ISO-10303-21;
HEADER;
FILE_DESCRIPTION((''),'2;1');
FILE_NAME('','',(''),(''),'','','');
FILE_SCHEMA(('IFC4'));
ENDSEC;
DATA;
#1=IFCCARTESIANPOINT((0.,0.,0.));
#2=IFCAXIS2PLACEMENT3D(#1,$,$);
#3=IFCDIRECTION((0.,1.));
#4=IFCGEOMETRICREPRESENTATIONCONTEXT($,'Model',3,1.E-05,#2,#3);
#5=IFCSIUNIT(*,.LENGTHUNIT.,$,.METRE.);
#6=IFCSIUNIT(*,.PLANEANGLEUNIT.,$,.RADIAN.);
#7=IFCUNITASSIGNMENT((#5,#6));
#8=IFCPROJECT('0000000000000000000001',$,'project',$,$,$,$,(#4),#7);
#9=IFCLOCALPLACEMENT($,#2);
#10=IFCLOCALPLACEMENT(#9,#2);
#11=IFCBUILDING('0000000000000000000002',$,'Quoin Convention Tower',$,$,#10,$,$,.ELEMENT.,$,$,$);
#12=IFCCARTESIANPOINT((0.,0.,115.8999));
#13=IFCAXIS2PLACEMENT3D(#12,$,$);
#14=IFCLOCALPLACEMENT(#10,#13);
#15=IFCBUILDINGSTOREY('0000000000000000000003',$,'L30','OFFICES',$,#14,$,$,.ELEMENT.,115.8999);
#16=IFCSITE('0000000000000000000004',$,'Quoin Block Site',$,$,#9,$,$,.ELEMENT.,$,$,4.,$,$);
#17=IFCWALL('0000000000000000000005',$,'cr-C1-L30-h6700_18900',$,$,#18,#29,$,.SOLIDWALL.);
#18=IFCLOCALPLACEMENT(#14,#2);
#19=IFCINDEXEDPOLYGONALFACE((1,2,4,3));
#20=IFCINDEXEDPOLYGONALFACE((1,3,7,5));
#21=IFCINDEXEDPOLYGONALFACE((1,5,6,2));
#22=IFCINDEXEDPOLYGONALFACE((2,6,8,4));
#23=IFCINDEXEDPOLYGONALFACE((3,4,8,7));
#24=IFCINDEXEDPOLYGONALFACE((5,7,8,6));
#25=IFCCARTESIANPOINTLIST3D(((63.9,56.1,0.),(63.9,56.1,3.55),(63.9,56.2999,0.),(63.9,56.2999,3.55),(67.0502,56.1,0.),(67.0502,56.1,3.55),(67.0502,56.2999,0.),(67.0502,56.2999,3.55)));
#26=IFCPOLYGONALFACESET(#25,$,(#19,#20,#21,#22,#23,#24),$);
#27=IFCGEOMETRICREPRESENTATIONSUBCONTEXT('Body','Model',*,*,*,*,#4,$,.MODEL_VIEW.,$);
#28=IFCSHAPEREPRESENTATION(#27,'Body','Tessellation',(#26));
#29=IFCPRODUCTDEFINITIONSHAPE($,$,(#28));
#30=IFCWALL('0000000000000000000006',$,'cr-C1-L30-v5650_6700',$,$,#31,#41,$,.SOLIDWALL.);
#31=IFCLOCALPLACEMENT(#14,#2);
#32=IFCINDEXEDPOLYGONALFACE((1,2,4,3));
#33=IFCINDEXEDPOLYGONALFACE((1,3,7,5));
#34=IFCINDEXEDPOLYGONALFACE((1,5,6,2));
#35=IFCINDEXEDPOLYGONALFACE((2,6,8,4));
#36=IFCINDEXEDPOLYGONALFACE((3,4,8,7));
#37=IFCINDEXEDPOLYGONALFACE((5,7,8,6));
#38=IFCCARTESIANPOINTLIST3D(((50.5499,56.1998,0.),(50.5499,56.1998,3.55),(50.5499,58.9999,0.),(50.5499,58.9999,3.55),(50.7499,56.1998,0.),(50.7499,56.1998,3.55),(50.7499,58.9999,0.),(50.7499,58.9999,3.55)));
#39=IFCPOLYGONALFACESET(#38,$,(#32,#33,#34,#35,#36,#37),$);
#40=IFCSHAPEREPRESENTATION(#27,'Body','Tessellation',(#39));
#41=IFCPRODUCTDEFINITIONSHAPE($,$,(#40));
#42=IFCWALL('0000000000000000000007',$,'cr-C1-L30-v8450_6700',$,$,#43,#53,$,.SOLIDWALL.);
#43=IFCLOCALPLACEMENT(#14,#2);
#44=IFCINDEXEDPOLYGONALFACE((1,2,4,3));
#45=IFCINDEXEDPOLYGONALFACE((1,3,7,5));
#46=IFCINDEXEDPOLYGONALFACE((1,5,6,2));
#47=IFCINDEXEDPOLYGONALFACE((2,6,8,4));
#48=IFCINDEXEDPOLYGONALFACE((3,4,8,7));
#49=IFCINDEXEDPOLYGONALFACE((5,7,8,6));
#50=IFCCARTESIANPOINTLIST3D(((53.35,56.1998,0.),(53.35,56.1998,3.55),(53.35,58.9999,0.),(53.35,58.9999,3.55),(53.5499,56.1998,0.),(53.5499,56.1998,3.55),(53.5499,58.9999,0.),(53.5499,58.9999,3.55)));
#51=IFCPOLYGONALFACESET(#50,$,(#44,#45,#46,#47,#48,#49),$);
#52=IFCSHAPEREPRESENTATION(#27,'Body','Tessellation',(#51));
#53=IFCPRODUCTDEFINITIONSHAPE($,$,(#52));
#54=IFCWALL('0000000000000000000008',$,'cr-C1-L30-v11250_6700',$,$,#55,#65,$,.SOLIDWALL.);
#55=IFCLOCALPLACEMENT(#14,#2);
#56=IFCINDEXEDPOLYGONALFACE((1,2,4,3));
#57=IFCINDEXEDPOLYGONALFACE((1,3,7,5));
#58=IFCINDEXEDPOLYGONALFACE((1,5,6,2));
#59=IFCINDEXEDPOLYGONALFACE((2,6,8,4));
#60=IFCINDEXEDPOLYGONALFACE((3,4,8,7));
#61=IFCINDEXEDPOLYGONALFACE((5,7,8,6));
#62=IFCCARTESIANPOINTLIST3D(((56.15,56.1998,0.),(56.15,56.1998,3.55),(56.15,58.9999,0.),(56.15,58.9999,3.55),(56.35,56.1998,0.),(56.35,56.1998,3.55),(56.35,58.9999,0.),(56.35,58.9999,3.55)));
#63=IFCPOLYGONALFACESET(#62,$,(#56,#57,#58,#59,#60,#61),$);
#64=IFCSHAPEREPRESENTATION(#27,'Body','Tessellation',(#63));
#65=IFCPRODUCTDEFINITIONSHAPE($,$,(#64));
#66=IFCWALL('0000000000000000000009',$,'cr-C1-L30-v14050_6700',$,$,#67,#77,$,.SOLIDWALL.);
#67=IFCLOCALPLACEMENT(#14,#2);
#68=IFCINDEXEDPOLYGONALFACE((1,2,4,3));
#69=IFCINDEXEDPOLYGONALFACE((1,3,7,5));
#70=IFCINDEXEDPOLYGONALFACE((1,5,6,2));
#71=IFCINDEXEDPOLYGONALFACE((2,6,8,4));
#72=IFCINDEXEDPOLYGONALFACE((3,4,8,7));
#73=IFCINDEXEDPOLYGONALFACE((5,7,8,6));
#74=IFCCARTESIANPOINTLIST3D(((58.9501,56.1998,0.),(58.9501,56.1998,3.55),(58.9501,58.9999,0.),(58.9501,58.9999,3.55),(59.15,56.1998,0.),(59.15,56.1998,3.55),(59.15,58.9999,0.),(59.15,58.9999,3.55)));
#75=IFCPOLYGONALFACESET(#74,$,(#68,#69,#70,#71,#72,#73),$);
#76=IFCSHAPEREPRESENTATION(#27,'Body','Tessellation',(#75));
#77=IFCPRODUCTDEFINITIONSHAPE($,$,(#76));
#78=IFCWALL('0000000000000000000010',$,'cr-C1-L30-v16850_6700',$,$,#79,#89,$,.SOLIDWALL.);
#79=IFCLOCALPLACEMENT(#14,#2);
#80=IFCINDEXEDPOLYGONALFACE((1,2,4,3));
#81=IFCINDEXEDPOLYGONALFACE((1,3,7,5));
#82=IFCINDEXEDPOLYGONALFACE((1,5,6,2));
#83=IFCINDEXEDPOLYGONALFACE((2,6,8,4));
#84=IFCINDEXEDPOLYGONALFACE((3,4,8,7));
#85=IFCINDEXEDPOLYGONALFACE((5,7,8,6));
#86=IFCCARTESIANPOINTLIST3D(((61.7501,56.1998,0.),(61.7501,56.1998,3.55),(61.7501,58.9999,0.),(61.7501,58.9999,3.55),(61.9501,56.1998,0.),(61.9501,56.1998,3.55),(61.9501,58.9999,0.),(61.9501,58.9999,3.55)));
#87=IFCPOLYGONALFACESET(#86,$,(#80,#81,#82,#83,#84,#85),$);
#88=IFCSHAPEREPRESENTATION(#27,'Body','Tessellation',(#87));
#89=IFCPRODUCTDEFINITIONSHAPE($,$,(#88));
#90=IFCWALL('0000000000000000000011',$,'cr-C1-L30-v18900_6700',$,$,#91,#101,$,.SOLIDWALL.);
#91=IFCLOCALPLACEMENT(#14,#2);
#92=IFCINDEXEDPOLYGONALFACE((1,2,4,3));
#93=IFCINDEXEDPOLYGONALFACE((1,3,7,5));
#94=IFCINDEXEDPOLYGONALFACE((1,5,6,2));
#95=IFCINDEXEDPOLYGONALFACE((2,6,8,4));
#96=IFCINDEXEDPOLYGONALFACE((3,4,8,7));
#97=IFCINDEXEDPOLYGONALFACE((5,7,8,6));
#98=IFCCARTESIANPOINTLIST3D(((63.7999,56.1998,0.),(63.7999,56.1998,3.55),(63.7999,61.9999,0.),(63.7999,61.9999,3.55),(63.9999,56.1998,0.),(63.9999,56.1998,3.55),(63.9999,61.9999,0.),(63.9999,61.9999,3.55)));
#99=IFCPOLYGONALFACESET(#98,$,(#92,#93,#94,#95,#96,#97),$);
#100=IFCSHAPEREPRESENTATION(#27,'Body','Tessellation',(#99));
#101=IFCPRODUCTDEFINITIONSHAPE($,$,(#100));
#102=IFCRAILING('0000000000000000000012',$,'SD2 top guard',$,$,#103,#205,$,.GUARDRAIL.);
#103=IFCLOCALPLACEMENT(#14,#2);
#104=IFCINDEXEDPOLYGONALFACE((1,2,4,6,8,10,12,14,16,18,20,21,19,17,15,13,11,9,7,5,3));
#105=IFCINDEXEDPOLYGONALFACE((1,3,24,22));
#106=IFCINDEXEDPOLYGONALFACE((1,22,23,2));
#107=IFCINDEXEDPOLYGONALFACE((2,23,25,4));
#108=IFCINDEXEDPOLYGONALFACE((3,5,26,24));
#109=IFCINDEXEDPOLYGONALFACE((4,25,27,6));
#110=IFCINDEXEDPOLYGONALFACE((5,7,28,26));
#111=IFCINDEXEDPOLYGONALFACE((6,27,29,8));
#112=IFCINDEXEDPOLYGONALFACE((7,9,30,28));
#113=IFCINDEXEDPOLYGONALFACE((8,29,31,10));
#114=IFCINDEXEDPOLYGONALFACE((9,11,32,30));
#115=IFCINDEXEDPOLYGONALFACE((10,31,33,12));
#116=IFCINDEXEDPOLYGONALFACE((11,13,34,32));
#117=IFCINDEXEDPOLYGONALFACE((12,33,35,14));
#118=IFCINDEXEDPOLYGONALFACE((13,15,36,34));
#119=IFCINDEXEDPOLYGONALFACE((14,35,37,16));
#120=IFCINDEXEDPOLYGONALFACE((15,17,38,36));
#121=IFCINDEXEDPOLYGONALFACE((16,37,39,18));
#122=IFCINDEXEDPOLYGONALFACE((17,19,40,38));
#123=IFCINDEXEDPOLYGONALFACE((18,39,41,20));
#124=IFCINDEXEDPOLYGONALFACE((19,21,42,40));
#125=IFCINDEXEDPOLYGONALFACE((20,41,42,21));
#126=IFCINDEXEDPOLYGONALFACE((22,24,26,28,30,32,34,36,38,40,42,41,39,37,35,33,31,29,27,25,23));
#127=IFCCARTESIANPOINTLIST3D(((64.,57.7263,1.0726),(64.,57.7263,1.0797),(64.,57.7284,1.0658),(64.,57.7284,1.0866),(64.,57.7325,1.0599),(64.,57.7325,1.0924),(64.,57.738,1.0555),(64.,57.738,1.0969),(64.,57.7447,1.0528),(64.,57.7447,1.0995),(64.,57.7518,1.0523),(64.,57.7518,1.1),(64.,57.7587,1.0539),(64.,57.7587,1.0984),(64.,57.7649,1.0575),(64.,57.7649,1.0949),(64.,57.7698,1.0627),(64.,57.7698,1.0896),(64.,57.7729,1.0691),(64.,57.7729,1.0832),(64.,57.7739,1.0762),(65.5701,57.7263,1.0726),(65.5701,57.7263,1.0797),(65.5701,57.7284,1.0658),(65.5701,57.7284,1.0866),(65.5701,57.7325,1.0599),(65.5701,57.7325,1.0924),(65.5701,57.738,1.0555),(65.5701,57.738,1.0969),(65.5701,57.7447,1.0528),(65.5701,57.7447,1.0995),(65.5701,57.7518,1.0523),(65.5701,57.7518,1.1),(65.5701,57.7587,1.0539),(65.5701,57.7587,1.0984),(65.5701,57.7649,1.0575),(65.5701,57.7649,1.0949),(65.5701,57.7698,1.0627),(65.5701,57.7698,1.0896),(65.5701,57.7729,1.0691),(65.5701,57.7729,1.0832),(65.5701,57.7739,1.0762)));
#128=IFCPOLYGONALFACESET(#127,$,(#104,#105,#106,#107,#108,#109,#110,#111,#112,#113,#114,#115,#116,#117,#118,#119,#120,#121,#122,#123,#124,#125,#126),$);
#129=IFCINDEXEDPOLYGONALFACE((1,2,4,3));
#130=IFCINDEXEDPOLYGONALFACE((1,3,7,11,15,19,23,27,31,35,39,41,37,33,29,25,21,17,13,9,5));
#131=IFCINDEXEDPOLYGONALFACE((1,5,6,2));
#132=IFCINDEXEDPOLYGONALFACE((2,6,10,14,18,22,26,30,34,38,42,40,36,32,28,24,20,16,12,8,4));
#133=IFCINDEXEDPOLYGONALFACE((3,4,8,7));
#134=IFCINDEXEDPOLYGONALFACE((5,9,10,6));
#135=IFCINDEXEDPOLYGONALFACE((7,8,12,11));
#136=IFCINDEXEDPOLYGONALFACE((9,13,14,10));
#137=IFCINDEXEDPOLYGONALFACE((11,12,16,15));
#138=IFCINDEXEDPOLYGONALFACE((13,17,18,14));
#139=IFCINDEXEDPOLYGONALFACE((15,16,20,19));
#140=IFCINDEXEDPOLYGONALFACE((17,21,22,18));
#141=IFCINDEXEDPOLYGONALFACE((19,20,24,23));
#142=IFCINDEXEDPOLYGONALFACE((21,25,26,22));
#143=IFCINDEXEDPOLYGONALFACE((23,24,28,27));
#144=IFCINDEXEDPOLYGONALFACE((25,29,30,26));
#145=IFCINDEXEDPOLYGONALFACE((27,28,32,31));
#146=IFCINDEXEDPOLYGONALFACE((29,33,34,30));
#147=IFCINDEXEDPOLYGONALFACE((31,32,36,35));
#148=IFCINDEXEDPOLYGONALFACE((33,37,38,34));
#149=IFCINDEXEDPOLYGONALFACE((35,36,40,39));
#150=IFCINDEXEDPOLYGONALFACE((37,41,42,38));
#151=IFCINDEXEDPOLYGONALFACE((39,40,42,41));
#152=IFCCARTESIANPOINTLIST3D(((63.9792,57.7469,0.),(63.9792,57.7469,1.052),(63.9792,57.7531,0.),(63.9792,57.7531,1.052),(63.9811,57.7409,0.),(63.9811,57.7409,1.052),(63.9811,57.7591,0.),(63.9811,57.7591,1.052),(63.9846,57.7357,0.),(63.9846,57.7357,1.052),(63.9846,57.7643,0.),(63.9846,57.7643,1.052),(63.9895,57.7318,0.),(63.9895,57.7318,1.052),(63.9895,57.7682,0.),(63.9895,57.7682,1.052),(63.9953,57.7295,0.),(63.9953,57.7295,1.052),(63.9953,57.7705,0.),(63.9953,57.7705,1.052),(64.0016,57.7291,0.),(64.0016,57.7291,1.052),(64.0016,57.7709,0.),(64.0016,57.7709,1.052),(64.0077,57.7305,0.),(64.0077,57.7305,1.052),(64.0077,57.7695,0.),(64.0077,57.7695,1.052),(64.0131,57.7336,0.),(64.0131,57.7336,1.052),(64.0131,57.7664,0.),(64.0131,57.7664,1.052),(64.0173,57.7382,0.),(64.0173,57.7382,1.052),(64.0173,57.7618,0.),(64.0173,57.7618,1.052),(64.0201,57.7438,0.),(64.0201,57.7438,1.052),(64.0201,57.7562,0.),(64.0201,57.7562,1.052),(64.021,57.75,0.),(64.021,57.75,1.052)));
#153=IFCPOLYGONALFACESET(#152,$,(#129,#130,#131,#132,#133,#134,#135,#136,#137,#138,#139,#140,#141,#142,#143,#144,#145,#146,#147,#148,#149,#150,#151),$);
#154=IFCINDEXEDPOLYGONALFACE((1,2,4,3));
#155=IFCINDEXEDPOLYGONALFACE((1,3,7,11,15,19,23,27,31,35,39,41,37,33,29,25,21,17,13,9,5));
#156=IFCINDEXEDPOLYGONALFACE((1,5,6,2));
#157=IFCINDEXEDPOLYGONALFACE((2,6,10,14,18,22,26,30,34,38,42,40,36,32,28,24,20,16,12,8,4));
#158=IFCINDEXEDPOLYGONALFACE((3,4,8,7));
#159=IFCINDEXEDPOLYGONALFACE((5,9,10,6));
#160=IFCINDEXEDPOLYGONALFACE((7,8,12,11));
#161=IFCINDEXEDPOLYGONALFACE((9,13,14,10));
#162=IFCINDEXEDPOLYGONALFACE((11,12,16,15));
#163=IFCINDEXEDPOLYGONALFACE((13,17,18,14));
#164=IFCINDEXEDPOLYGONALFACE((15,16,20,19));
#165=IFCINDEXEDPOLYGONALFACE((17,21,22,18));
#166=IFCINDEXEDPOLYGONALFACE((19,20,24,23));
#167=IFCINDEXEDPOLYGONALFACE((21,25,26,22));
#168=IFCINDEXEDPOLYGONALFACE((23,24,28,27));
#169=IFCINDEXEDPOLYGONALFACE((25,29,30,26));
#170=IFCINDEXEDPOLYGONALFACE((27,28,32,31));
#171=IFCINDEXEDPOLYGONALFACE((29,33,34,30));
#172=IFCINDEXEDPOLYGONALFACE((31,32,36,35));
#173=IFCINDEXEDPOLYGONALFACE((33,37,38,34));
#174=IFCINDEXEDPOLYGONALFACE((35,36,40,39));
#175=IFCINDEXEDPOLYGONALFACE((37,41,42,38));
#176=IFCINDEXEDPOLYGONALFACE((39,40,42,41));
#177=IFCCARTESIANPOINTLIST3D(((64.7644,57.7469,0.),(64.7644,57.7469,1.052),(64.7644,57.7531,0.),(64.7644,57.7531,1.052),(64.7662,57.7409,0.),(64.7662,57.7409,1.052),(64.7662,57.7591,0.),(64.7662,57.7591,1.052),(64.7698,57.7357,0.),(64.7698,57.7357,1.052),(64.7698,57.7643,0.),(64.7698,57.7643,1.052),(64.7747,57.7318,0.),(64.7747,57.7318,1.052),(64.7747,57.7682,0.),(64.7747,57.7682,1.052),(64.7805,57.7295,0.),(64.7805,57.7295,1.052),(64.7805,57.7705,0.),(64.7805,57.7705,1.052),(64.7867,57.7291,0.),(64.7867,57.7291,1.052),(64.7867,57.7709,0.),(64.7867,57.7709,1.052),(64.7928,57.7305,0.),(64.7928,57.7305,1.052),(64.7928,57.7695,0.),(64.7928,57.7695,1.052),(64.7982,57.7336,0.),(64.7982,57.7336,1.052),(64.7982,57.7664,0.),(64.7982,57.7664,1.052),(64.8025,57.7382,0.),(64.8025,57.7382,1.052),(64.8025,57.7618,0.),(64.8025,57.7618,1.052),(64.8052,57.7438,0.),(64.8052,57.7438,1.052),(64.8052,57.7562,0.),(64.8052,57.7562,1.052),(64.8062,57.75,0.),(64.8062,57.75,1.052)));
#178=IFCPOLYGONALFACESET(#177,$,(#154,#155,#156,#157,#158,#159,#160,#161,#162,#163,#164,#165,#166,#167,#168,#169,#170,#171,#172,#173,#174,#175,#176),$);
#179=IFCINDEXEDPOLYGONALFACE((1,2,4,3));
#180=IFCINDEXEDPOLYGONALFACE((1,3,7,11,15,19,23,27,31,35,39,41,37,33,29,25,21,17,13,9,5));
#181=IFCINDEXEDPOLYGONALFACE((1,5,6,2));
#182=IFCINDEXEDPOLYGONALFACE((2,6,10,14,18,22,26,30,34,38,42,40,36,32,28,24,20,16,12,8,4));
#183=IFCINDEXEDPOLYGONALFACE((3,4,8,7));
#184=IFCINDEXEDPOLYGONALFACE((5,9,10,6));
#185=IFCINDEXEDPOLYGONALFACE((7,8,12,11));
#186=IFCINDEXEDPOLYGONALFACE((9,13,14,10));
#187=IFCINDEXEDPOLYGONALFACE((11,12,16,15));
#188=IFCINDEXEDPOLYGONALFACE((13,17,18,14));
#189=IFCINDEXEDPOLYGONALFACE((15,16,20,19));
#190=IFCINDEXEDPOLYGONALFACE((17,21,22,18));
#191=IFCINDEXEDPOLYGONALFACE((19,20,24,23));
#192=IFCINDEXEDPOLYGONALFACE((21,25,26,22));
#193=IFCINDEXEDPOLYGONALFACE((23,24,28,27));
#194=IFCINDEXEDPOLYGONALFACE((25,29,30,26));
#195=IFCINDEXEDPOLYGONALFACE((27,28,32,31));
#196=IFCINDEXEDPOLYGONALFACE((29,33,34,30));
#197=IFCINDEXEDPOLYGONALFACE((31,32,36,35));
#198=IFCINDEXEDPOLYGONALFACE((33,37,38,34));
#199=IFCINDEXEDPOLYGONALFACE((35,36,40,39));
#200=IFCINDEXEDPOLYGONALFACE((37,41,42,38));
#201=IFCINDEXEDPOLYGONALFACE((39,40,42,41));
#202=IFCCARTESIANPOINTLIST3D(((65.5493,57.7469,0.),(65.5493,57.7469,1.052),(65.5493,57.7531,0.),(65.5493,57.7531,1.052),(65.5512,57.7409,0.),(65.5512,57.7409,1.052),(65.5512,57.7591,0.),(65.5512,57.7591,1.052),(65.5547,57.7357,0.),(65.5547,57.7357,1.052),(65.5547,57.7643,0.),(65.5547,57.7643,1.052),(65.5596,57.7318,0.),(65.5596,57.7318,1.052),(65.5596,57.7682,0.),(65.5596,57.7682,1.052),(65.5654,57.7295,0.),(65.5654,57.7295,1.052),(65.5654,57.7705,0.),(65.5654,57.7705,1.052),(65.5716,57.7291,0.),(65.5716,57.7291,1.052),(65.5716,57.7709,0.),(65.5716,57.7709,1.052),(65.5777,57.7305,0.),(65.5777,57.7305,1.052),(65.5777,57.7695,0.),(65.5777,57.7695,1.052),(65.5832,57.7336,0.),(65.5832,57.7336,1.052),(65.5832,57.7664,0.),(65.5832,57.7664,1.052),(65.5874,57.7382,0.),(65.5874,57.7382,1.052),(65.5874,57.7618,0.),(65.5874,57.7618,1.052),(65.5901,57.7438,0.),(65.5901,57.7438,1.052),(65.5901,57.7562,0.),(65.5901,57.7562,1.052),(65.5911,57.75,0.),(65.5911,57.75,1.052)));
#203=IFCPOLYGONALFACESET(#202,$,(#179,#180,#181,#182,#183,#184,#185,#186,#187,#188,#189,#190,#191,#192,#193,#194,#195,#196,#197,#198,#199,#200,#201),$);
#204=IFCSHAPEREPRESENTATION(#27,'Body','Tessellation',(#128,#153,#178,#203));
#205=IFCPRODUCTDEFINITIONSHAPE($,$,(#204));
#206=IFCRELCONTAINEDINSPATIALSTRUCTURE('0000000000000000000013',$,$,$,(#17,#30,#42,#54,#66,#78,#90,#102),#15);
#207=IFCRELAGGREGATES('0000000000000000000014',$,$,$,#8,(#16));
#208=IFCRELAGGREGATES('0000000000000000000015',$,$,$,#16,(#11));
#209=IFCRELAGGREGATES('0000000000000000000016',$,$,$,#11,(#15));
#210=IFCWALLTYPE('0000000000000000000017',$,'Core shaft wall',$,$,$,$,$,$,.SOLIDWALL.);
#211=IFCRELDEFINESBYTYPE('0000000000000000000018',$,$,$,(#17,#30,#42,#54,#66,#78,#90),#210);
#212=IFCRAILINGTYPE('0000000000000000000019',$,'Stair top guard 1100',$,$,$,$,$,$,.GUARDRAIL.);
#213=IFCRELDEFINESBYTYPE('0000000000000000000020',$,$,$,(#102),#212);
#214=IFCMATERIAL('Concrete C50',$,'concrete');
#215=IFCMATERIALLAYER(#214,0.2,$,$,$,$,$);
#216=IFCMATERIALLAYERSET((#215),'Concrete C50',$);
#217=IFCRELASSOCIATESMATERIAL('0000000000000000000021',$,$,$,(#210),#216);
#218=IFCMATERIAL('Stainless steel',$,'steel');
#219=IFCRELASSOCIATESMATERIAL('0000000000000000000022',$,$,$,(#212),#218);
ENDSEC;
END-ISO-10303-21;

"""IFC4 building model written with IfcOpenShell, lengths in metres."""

from ifc_helpers import new_model, si_unit, direction, frame, frame_2d, origin, origin_2d, place, context, subcontext, project, spatial, rectangle, circle, extrude, material, layer, layer_set, type_object, element, save


model = new_model("IFC4")

# Units and contexts
model_context = context("Model", 3, precision=1e-05, world=origin(), true_north=direction((0.0, 1.0)))
body_context = subcontext(model_context, "Body", "Model", "MODEL_VIEW")
ifc_project = project(units=[si_unit("LENGTHUNIT", "METRE"), si_unit("PLANEANGLEUNIT", "RADIAN")], contexts=[model_context])

# Site, building, storey
site_placement = place(None, origin())
site = spatial("IfcSite", under=ifc_project, at=site_placement, Name="Quoin Block Site", CompositionType="ELEMENT", RefElevation=4.0)
building_placement = place(site_placement, origin())
building = spatial("IfcBuilding", under=site, at=building_placement, Name="Quoin Convention Tower", CompositionType="ELEMENT")
storey_placement = place(building_placement, frame((0.0, 0.0, 115.8999)))
storey = spatial("IfcBuildingStorey", under=building, at=storey_placement, Name="L30", Description="OFFICES", CompositionType="ELEMENT", Elevation=115.8999)

# Shared definitions
ifc_material_1 = material(Name="Concrete C50", Category="concrete")
ifc_layer_1 = layer(ifc_material_1, 0.2)
ifc_layer_set_1 = layer_set([ifc_layer_1], Name="Concrete C50")
wall_type_1 = type_object("IfcWallType", Name="Core shaft wall", PredefinedType="SOLIDWALL", material=ifc_layer_set_1)

# Walls
wall_1_placement = place(storey_placement, frame((63.8999, 56.2, 0.0), z_axis=(0.0, 0.0, 1.0), x_axis=(1.0, 0.0, 0.0)))
element("IfcWall", 1, at=wall_1_placement, inside=storey, type_object=wall_type_1, Name="cr-C1-L30-h6700_18900", PredefinedType="SOLIDWALL", context=body_context, shape_type="SweptSolid", body=[
    extrude(rectangle(XDim=3.1501, YDim=0.2, at=frame_2d((1.5752, 0.0))), origin(), (0.0, 0.0, 1.0), 3.55),
])
for number, where, z_axis, x_axis, name in (
    (2, (50.6499, 56.2, 0.0), (0.0, 0.0, 1.0), (0.0, 1.0, 0.0), "cr-C1-L30-v5650_6700"),
    (3, (53.45, 56.2, 0.0), (0.0, 0.0, 1.0), (0.0, 1.0, 0.0), "cr-C1-L30-v8450_6700"),
    (4, (56.25, 56.2, 0.0), (0.0, 0.0, 1.0), (0.0, 1.0, 0.0), "cr-C1-L30-v11250_6700"),
    (5, (59.05, 56.2, 0.0), (0.0, 0.0, 1.0), (0.0, 1.0, 0.0), "cr-C1-L30-v14050_6700"),
    (6, (61.8501, 56.2, 0.0), (0.0, 0.0, 1.0), (0.0, 1.0, 0.0), "cr-C1-L30-v16850_6700"),
):
    element("IfcWall", number, at=place(storey_placement, frame(where, z_axis=z_axis, x_axis=x_axis)), inside=storey, type_object=wall_type_1, Name=name, PredefinedType="SOLIDWALL", context=body_context, shape_type="SweptSolid", body=[
        extrude(rectangle(XDim=2.8, YDim=0.2, at=frame_2d((1.3999, 0.0))), origin(), (0.0, 0.0, 1.0), 3.55),
    ])
wall_2_placement = place(storey_placement, frame((63.8999, 56.2, 0.0), z_axis=(0.0, 0.0, 1.0), x_axis=(0.0, 1.0, 0.0)))
element("IfcWall", 7, at=wall_2_placement, inside=storey, type_object=wall_type_1, Name="cr-C1-L30-v18900_6700", PredefinedType="SOLIDWALL", context=body_context, shape_type="SweptSolid", body=[
    extrude(rectangle(XDim=5.8, YDim=0.2, at=frame_2d((2.8999, 0.0))), origin(), (0.0, 0.0, 1.0), 3.55),
])

# Railing
ifc_material_2 = material(Name="Stainless steel", Category="steel")
railing_type = type_object("IfcRailingType", Name="Stair top guard 1100", PredefinedType="GUARDRAIL", material=ifc_material_2)
railing_placement = place(storey_placement, frame((64.0, 57.75, 0.0)))
element("IfcRailing", 8, at=railing_placement, inside=storey, type_object=railing_type, Name="SD2 top guard", PredefinedType="GUARDRAIL", context=body_context, shape_type="SweptSolid", body=[
    extrude(circle(Radius=0.0239, at=origin_2d()), frame((0.0, 0.0, 1.0762), z_axis=(1.0, 0.0, 0.0), x_axis=(0.0, 1.0, 0.0)), (0.0, 0.0, 1.0), 1.5701),
    extrude(circle(Radius=0.021, at=origin_2d()), origin(), (0.0, 0.0, 1.0), 1.052),
    extrude(circle(Radius=0.021, at=origin_2d()), frame((0.7852, 0.0, 0.0)), (0.0, 0.0, 1.0), 1.052),
    extrude(circle(Radius=0.021, at=origin_2d()), frame((1.5701, 0.0, 0.0)), (0.0, 0.0, 1.0), 1.052),
])

save(model, "model.ifc")
